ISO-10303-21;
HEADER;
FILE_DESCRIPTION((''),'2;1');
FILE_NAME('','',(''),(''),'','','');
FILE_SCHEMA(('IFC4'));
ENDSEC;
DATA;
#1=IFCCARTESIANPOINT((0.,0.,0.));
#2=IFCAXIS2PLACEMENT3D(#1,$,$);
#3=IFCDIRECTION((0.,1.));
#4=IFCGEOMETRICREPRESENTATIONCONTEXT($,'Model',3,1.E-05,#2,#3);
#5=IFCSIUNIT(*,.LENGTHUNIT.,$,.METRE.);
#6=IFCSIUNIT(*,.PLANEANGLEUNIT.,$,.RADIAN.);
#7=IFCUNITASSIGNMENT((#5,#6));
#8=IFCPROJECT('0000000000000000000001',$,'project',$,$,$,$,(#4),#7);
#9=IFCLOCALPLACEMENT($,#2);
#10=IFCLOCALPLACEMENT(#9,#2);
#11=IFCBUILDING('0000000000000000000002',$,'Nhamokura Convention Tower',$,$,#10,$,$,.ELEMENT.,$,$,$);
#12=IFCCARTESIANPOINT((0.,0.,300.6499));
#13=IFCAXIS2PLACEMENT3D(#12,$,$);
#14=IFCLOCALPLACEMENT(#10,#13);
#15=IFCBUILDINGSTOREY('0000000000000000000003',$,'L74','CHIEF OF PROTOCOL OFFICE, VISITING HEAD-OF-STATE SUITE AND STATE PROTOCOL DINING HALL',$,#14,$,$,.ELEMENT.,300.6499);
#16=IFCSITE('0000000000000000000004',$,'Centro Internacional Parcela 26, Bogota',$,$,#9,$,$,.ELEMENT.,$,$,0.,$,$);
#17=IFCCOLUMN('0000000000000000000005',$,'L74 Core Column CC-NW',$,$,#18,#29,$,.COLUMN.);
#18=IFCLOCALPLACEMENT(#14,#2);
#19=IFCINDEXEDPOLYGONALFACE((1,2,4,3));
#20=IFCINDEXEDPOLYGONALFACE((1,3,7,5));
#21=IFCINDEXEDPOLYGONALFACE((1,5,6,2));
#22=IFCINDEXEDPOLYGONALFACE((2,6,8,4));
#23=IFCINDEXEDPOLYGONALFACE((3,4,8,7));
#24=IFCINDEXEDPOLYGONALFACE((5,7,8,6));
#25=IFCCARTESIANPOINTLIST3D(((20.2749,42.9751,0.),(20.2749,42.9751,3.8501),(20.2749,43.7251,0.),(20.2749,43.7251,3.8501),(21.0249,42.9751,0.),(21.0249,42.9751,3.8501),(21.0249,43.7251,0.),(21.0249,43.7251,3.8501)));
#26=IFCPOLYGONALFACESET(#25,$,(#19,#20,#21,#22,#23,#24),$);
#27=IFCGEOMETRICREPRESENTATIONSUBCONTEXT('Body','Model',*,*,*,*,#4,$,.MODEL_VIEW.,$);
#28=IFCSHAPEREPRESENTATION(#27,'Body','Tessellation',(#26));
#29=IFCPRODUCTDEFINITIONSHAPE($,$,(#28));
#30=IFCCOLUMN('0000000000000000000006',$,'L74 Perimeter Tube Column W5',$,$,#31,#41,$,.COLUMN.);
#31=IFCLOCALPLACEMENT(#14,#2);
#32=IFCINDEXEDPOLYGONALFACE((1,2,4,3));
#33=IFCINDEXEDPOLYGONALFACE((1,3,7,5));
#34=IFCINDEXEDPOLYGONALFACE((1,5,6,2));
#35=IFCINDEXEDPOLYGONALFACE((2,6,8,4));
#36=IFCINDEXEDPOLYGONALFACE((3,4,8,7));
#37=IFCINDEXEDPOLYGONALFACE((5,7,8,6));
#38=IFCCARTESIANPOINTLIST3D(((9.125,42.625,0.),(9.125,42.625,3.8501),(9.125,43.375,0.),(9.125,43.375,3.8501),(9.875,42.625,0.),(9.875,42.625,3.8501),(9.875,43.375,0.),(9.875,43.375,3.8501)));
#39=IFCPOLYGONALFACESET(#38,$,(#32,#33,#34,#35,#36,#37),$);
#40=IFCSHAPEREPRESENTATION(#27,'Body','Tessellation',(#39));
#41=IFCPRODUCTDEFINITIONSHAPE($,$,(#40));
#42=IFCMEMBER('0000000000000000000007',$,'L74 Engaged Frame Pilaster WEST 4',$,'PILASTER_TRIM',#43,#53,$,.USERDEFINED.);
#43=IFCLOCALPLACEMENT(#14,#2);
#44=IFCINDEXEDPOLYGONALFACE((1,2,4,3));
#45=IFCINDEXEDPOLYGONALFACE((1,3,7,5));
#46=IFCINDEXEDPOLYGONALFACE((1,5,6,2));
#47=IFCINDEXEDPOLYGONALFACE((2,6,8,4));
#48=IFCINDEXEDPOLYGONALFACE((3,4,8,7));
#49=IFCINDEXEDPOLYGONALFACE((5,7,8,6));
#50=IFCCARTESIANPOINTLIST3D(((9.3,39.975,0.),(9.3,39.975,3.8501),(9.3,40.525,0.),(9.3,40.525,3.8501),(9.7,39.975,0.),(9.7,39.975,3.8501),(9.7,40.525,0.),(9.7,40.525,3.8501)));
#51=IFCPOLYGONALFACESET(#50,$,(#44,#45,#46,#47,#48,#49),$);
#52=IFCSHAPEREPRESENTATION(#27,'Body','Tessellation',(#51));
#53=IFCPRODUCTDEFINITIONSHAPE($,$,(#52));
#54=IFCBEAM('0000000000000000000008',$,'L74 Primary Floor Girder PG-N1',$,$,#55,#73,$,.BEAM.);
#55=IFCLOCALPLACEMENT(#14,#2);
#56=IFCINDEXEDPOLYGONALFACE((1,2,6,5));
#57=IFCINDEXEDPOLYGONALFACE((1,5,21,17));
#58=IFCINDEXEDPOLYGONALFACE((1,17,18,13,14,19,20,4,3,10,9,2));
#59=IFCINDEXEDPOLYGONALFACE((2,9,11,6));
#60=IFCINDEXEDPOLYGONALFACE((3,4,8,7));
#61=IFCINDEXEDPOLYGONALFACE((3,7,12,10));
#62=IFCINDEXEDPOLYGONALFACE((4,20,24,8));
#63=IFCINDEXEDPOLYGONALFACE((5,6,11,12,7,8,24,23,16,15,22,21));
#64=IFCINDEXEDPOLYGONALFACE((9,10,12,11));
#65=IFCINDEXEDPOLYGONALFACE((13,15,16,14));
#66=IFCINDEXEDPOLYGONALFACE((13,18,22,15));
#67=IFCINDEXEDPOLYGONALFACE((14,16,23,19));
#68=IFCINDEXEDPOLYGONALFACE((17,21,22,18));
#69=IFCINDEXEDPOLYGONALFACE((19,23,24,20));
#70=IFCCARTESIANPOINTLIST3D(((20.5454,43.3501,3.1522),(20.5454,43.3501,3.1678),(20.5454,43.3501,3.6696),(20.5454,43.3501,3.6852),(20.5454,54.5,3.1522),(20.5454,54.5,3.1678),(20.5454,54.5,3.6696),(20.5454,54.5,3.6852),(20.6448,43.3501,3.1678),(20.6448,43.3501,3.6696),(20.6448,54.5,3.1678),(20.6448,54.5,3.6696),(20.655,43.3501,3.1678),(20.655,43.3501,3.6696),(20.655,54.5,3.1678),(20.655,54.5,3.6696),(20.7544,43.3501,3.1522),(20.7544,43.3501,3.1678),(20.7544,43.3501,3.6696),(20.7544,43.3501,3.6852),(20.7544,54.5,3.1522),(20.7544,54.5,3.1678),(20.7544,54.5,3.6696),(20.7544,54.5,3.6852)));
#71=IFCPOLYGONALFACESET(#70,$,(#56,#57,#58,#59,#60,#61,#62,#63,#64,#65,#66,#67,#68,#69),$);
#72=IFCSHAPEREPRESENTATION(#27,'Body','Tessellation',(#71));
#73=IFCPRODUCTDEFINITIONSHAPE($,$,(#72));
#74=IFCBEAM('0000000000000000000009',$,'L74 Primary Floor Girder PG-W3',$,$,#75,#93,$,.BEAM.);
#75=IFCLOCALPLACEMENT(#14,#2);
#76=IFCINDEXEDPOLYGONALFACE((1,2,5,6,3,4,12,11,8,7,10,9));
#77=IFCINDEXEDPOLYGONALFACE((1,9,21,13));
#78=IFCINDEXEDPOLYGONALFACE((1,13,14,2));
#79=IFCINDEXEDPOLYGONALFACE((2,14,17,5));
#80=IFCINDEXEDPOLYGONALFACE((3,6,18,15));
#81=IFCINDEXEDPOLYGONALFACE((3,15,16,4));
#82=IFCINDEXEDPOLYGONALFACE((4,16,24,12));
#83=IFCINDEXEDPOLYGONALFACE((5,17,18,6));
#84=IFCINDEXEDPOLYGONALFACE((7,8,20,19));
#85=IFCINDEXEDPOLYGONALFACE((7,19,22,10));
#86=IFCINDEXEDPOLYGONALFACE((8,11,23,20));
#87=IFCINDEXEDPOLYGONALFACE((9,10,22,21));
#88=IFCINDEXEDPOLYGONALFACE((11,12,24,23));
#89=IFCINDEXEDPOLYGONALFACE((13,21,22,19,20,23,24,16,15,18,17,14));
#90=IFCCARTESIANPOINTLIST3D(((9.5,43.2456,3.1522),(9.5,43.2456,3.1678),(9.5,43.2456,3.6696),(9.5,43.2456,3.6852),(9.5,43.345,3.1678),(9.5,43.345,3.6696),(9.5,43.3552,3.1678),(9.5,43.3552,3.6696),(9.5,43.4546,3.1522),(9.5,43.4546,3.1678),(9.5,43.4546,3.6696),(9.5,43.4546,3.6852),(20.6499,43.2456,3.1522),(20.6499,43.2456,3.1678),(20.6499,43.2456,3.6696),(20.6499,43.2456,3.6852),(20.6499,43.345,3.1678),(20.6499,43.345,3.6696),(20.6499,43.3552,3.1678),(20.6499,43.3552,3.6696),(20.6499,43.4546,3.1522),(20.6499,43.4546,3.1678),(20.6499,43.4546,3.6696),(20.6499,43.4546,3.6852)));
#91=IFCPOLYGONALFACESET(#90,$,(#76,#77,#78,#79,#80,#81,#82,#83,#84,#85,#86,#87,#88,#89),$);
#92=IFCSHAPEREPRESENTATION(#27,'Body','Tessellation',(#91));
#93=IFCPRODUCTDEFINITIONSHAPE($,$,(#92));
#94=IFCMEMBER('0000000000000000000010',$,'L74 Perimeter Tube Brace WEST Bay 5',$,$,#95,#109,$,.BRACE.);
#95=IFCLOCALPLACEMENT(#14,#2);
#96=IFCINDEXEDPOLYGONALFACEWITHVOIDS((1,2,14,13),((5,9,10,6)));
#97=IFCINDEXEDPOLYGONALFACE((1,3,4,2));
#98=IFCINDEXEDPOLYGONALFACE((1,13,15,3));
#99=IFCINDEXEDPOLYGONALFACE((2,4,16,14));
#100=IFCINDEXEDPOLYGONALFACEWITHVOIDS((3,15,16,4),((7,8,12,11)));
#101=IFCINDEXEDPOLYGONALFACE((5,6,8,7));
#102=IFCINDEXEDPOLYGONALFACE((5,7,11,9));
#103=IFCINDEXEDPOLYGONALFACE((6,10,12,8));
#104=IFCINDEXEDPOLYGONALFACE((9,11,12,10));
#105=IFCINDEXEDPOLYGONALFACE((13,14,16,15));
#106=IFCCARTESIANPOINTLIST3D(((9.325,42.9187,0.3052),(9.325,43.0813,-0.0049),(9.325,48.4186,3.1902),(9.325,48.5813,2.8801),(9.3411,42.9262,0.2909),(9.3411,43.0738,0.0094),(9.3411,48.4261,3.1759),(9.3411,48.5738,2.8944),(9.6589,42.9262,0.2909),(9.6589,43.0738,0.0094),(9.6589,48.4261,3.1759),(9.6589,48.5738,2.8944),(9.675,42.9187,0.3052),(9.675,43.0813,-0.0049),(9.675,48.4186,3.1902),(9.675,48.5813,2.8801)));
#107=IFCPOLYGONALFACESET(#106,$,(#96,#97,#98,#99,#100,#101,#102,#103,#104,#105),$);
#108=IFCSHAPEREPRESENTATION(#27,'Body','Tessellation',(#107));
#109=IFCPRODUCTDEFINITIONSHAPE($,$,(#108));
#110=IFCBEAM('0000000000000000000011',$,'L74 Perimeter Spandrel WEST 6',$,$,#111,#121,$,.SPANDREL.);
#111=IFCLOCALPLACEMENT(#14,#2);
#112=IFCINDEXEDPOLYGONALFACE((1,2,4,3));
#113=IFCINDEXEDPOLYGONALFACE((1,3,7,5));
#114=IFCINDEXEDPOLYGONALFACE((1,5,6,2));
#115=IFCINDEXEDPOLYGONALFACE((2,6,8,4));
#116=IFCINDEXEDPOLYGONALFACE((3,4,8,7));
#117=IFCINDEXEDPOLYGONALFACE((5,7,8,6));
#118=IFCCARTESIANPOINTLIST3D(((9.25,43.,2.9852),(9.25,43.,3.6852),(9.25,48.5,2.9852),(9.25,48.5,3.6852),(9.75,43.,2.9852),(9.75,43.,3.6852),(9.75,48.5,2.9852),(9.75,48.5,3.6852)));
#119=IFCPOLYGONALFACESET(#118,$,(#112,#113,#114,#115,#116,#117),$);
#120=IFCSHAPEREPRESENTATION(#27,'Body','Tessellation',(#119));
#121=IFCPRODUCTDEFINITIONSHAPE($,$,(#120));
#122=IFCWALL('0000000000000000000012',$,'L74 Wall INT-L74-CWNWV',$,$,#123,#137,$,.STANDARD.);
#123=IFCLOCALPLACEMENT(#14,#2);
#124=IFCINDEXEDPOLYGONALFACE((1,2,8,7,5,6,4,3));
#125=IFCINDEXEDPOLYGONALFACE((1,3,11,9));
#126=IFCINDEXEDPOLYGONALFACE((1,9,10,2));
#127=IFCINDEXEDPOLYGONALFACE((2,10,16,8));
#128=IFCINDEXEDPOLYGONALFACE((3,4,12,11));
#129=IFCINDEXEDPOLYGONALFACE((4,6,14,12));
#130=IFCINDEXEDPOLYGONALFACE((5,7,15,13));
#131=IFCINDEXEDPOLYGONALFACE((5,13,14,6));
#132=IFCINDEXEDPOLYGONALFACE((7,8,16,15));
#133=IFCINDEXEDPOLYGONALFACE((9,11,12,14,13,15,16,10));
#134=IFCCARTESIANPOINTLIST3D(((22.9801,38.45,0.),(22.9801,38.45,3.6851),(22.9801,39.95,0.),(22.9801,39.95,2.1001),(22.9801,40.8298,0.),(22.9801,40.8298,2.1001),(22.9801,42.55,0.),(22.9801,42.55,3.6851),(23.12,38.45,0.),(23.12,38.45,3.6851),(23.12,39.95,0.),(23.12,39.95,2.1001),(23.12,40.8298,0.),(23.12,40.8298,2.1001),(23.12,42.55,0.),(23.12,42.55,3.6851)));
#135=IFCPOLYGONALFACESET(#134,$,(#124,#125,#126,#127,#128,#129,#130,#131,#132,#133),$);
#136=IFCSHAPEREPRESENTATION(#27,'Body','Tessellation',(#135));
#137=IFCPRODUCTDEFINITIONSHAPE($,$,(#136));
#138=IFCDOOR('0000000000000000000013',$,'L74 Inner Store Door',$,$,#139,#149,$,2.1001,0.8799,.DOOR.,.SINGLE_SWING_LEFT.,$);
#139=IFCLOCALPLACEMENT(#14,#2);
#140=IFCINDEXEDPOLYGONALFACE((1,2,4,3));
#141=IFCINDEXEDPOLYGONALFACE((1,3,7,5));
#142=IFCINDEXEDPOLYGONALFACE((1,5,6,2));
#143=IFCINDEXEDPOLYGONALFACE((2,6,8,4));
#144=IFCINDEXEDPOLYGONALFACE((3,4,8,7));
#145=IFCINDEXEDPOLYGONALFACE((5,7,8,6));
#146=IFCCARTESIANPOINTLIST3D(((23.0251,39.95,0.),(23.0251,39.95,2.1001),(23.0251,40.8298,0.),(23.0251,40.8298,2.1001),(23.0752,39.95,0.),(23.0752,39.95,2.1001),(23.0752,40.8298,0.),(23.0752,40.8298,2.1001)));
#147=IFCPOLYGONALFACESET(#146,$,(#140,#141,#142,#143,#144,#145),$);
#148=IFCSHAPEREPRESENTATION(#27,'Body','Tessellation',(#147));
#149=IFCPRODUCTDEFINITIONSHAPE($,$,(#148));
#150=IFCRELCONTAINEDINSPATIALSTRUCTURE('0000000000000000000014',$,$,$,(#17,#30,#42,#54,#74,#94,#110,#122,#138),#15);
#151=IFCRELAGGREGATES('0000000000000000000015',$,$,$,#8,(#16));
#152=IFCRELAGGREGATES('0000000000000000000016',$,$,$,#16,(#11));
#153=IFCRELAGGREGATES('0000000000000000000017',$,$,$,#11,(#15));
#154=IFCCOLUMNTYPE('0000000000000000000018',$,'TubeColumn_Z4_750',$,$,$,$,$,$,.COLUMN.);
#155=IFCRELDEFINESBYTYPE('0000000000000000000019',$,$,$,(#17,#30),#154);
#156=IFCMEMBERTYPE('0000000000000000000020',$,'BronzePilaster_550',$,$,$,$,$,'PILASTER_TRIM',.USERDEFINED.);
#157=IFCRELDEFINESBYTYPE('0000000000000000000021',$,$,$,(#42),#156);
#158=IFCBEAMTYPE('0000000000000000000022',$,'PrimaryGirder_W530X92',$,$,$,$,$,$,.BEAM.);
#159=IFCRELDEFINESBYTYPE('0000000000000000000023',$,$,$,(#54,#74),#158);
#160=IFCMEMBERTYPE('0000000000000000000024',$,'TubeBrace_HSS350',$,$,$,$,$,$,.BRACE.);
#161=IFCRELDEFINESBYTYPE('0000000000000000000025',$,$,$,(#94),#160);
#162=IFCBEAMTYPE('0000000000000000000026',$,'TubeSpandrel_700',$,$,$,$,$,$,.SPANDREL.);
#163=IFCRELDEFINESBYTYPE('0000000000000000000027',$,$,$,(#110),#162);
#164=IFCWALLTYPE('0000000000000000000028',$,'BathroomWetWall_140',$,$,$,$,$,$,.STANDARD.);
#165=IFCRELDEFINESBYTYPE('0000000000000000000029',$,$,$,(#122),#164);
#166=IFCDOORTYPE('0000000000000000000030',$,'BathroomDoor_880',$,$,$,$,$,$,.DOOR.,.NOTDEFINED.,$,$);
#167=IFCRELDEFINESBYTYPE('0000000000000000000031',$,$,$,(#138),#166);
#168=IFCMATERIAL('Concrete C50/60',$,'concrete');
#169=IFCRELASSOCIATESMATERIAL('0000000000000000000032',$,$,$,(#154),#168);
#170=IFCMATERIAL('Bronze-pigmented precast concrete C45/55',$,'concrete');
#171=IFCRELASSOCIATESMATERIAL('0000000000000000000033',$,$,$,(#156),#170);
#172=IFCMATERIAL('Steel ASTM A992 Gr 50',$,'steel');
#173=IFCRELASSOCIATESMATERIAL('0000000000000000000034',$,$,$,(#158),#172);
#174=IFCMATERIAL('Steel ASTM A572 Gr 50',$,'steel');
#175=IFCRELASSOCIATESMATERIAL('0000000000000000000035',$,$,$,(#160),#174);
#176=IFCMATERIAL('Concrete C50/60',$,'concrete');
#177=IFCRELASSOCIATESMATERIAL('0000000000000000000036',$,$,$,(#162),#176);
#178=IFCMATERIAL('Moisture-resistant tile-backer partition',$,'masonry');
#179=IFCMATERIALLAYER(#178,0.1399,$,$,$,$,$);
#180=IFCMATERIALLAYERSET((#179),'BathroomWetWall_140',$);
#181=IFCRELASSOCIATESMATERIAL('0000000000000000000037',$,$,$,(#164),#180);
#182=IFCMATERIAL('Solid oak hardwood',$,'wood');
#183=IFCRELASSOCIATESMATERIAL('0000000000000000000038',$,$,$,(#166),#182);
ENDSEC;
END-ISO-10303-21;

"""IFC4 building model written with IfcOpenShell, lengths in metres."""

from ifc_helpers import new_model, si_unit, direction, frame, frame_2d, origin, origin_2d, place, context, subcontext, project, spatial, rectangle, hollow_rectangle, i_section, extrude, material, layer, layer_set, material_profile, profile_set, type_object, element, fill, save


model = new_model("IFC4")

# Units and contexts
model_context = context("Model", 3, precision=1e-05, world=origin(), true_north=direction((0.0, 1.0)))
body_context = subcontext(model_context, "Body", "Model", "MODEL_VIEW")
ifc_project = project(units=[si_unit("LENGTHUNIT", "METRE"), si_unit("PLANEANGLEUNIT", "RADIAN")], contexts=[model_context])

# Site, building, storey
site_placement = place(None, origin())
site = spatial("IfcSite", under=ifc_project, at=site_placement, Name="Centro Internacional Parcela 26, Bogota", CompositionType="ELEMENT", RefElevation=0.0)
building_placement = place(site_placement, origin())
building = spatial("IfcBuilding", under=site, at=building_placement, Name="Nhamokura Convention Tower", CompositionType="ELEMENT")
storey_placement = place(building_placement, frame((0.0, 0.0, 300.6499)))
storey = spatial("IfcBuildingStorey", under=building, at=storey_placement, Name="L74", Description="CHIEF OF PROTOCOL OFFICE, VISITING HEAD-OF-STATE SUITE AND STATE PROTOCOL DINING HALL", CompositionType="ELEMENT", Elevation=300.6499)

# Columns
ifc_material_1 = material(Name="Concrete C50/60", Category="concrete")
ifc_material_profile_1 = material_profile(ifc_material_1, rectangle(XDim=0.75, YDim=0.75, at=origin_2d()))
ifc_profile_set_1 = profile_set([ifc_material_profile_1], Name="Concrete C50/60")
column_type = type_object("IfcColumnType", Name="TubeColumn_Z4_750", PredefinedType="COLUMN", material=ifc_profile_set_1)
for number, where, z_axis, x_axis, name in (
    (1, (20.6499, 43.3501, 0.0), (0.0, 0.0, 1.0), (1.0, 0.0, 0.0), "L74 Core Column CC-NW"),
    (2, (9.5, 43.0, 0.0), (0.0, 0.0, 1.0), (1.0, 0.0, 0.0), "L74 Perimeter Tube Column W5"),
):
    element("IfcColumn", number, at=place(storey_placement, frame(where, z_axis=z_axis, x_axis=x_axis)), inside=storey, type_object=column_type, Name=name, PredefinedType="COLUMN", context=body_context, shape_type="SweptSolid", body=[
        extrude(rectangle(XDim=0.75, YDim=0.75, at=origin_2d()), origin(), (0.0, 0.0, 1.0), 3.8501),
    ])

# Member
ifc_material_2 = material(Name="Bronze-pigmented precast concrete C45/55", Category="concrete")
ifc_material_profile_2 = material_profile(ifc_material_2, rectangle(XDim=0.3999, YDim=0.55, at=origin_2d()))
ifc_profile_set_2 = profile_set([ifc_material_profile_2], Name="Bronze-pigmented precast concrete C45/55")
member_type_1 = type_object("IfcMemberType", Name="BronzePilaster_550", ElementType="PILASTER_TRIM", PredefinedType="USERDEFINED", material=ifc_profile_set_2)
member_1_placement = place(storey_placement, frame((9.5, 40.25, 0.0), z_axis=(0.0, 0.0, 1.0), x_axis=(1.0, 0.0, 0.0)))
element("IfcMember", 3, at=member_1_placement, inside=storey, type_object=member_type_1, Name="L74 Engaged Frame Pilaster WEST 4", ObjectType="PILASTER_TRIM", PredefinedType="USERDEFINED", context=body_context, shape_type="SweptSolid", body=[
    extrude(rectangle(XDim=0.3999, YDim=0.55, at=origin_2d()), origin(), (0.0, 0.0, 1.0), 3.8501),
])

# Beams
ifc_material_3 = material(Name="Steel ASTM A992 Gr 50", Category="steel")
ifc_material_profile_3 = material_profile(ifc_material_3, i_section(OverallWidth=0.209, OverallDepth=0.533, WebThickness=0.0103, FlangeThickness=0.0156, at=origin_2d()))
ifc_profile_set_3 = profile_set([ifc_material_profile_3], Name="Steel ASTM A992 Gr 50")
beam_type_1 = type_object("IfcBeamType", Name="PrimaryGirder_W530X92", PredefinedType="BEAM", material=ifc_profile_set_3)
for number, where, z_axis, x_axis, name in (
    (4, (20.6499, 43.3501, 3.4187), (0.0, 1.0, 0.0), (-1.0, 0.0, 0.0), "L74 Primary Floor Girder PG-N1"),
    (5, (9.5, 43.3501, 3.4187), (1.0, 0.0, 0.0), (0.0, 1.0, 0.0), "L74 Primary Floor Girder PG-W3"),
):
    element("IfcBeam", number, at=place(storey_placement, frame(where, z_axis=z_axis, x_axis=x_axis)), inside=storey, type_object=beam_type_1, Name=name, PredefinedType="BEAM", context=body_context, shape_type="SweptSolid", body=[
        extrude(i_section(OverallWidth=0.209, OverallDepth=0.533, WebThickness=0.0103, FlangeThickness=0.0156, at=origin_2d()), origin(), (0.0, 0.0, 1.0), 11.1499),
    ])

# Member
ifc_material_4 = material(Name="Steel ASTM A572 Gr 50", Category="steel")
ifc_material_profile_4 = material_profile(ifc_material_4, hollow_rectangle(XDim=0.3501, YDim=0.3501, WallThickness=0.0161, at=origin_2d()))
ifc_profile_set_4 = profile_set([ifc_material_profile_4], Name="Steel ASTM A572 Gr 50")
member_type_2 = type_object("IfcMemberType", Name="TubeBrace_HSS350", PredefinedType="BRACE", material=ifc_profile_set_4)
member_2_placement = place(storey_placement, frame((9.5, 43.0, 0.1501), z_axis=(0.0, 0.885563, 0.46452), x_axis=(-1.0, 0.0, 0.0)))
element("IfcMember", 6, at=member_2_placement, inside=storey, type_object=member_type_2, Name="L74 Perimeter Tube Brace WEST Bay 5", PredefinedType="BRACE", context=body_context, shape_type="SweptSolid", body=[
    extrude(hollow_rectangle(XDim=0.3501, YDim=0.3501, WallThickness=0.0161, at=origin_2d()), origin(), (0.0, 0.0, 1.0), 6.2107),
])

# Beam
ifc_material_5 = material(Name="Concrete C50/60", Category="concrete")
ifc_material_profile_5 = material_profile(ifc_material_5, rectangle(XDim=0.5, YDim=0.7, at=origin_2d()))
ifc_profile_set_5 = profile_set([ifc_material_profile_5], Name="Concrete C50/60")
beam_type_2 = type_object("IfcBeamType", Name="TubeSpandrel_700", PredefinedType="SPANDREL", material=ifc_profile_set_5)
beam_placement = place(storey_placement, frame((9.5, 43.0, 3.3352), z_axis=(0.0, 1.0, 0.0), x_axis=(-1.0, 0.0, 0.0)))
element("IfcBeam", 7, at=beam_placement, inside=storey, type_object=beam_type_2, Name="L74 Perimeter Spandrel WEST 6", PredefinedType="SPANDREL", context=body_context, shape_type="SweptSolid", body=[
    extrude(rectangle(XDim=0.5, YDim=0.7, at=origin_2d()), origin(), (0.0, 0.0, 1.0), 5.5),
])

# Wall, opening, door
ifc_material_6 = material(Name="Moisture-resistant tile-backer partition", Category="masonry")
ifc_layer_1 = layer(ifc_material_6, 0.1399)
ifc_layer_set_1 = layer_set([ifc_layer_1], Name="BathroomWetWall_140")
wall_type_1 = type_object("IfcWallType", Name="BathroomWetWall_140", PredefinedType="STANDARD", material=ifc_layer_set_1)
wall_1_placement = place(storey_placement, frame((23.05, 38.45, 0.0), z_axis=(0.0, 0.0, 1.0), x_axis=(0.0, 1.0, 0.0)))
wall_1 = element("IfcWall", 8, at=wall_1_placement, inside=storey, type_object=wall_type_1, Name="L74 Wall INT-L74-CWNWV", PredefinedType="STANDARD", context=body_context, shape_type="SweptSolid", body=[
    extrude(rectangle(XDim=4.1001, YDim=0.1399, at=frame_2d((2.05, 0.0))), origin(), (0.0, 0.0, 1.0), 3.6851),
])
opening_1_placement = place(wall_1_placement, frame((1.5, 0.0, 0.0)))
opening_1 = element("IfcOpeningElement", 9, at=opening_1_placement, cuts=wall_1, PredefinedType="OPENING", context=body_context, shape_type="SweptSolid", body=[
    extrude(rectangle(XDim=0.8799, YDim=2.1001, at=frame_2d((0.4399, 1.05))), frame((0.0, 0.0798, 0.0), z_axis=(0.0, -1.0, 0.0), x_axis=(1.0, 0.0, 0.0)), (0.0, 0.0, 1.0), 0.1599),
])
ifc_material_7 = material(Name="Solid oak hardwood", Category="wood")
door_type_1 = type_object("IfcDoorType", Name="BathroomDoor_880", OperationType="NOTDEFINED", PredefinedType="DOOR", material=ifc_material_7)
door_1_placement = place(opening_1_placement, origin())
door_1 = element("IfcDoor", 10, at=door_1_placement, inside=storey, type_object=door_type_1, Name="L74 Inner Store Door", OperationType="SINGLE_SWING_LEFT", OverallHeight=2.1001, OverallWidth=0.8799, PredefinedType="DOOR", context=body_context, shape_type="SweptSolid", body=[
    extrude(rectangle(XDim=0.8799, YDim=2.1001, at=frame_2d((0.4399, 1.05))), frame((0.0, 0.0249, 0.0), z_axis=(0.0, -1.0, 0.0), x_axis=(1.0, 0.0, 0.0)), (0.0, 0.0, 1.0), 0.05),
])
fill(opening_1, door_1)

save(model, "model.ifc")
